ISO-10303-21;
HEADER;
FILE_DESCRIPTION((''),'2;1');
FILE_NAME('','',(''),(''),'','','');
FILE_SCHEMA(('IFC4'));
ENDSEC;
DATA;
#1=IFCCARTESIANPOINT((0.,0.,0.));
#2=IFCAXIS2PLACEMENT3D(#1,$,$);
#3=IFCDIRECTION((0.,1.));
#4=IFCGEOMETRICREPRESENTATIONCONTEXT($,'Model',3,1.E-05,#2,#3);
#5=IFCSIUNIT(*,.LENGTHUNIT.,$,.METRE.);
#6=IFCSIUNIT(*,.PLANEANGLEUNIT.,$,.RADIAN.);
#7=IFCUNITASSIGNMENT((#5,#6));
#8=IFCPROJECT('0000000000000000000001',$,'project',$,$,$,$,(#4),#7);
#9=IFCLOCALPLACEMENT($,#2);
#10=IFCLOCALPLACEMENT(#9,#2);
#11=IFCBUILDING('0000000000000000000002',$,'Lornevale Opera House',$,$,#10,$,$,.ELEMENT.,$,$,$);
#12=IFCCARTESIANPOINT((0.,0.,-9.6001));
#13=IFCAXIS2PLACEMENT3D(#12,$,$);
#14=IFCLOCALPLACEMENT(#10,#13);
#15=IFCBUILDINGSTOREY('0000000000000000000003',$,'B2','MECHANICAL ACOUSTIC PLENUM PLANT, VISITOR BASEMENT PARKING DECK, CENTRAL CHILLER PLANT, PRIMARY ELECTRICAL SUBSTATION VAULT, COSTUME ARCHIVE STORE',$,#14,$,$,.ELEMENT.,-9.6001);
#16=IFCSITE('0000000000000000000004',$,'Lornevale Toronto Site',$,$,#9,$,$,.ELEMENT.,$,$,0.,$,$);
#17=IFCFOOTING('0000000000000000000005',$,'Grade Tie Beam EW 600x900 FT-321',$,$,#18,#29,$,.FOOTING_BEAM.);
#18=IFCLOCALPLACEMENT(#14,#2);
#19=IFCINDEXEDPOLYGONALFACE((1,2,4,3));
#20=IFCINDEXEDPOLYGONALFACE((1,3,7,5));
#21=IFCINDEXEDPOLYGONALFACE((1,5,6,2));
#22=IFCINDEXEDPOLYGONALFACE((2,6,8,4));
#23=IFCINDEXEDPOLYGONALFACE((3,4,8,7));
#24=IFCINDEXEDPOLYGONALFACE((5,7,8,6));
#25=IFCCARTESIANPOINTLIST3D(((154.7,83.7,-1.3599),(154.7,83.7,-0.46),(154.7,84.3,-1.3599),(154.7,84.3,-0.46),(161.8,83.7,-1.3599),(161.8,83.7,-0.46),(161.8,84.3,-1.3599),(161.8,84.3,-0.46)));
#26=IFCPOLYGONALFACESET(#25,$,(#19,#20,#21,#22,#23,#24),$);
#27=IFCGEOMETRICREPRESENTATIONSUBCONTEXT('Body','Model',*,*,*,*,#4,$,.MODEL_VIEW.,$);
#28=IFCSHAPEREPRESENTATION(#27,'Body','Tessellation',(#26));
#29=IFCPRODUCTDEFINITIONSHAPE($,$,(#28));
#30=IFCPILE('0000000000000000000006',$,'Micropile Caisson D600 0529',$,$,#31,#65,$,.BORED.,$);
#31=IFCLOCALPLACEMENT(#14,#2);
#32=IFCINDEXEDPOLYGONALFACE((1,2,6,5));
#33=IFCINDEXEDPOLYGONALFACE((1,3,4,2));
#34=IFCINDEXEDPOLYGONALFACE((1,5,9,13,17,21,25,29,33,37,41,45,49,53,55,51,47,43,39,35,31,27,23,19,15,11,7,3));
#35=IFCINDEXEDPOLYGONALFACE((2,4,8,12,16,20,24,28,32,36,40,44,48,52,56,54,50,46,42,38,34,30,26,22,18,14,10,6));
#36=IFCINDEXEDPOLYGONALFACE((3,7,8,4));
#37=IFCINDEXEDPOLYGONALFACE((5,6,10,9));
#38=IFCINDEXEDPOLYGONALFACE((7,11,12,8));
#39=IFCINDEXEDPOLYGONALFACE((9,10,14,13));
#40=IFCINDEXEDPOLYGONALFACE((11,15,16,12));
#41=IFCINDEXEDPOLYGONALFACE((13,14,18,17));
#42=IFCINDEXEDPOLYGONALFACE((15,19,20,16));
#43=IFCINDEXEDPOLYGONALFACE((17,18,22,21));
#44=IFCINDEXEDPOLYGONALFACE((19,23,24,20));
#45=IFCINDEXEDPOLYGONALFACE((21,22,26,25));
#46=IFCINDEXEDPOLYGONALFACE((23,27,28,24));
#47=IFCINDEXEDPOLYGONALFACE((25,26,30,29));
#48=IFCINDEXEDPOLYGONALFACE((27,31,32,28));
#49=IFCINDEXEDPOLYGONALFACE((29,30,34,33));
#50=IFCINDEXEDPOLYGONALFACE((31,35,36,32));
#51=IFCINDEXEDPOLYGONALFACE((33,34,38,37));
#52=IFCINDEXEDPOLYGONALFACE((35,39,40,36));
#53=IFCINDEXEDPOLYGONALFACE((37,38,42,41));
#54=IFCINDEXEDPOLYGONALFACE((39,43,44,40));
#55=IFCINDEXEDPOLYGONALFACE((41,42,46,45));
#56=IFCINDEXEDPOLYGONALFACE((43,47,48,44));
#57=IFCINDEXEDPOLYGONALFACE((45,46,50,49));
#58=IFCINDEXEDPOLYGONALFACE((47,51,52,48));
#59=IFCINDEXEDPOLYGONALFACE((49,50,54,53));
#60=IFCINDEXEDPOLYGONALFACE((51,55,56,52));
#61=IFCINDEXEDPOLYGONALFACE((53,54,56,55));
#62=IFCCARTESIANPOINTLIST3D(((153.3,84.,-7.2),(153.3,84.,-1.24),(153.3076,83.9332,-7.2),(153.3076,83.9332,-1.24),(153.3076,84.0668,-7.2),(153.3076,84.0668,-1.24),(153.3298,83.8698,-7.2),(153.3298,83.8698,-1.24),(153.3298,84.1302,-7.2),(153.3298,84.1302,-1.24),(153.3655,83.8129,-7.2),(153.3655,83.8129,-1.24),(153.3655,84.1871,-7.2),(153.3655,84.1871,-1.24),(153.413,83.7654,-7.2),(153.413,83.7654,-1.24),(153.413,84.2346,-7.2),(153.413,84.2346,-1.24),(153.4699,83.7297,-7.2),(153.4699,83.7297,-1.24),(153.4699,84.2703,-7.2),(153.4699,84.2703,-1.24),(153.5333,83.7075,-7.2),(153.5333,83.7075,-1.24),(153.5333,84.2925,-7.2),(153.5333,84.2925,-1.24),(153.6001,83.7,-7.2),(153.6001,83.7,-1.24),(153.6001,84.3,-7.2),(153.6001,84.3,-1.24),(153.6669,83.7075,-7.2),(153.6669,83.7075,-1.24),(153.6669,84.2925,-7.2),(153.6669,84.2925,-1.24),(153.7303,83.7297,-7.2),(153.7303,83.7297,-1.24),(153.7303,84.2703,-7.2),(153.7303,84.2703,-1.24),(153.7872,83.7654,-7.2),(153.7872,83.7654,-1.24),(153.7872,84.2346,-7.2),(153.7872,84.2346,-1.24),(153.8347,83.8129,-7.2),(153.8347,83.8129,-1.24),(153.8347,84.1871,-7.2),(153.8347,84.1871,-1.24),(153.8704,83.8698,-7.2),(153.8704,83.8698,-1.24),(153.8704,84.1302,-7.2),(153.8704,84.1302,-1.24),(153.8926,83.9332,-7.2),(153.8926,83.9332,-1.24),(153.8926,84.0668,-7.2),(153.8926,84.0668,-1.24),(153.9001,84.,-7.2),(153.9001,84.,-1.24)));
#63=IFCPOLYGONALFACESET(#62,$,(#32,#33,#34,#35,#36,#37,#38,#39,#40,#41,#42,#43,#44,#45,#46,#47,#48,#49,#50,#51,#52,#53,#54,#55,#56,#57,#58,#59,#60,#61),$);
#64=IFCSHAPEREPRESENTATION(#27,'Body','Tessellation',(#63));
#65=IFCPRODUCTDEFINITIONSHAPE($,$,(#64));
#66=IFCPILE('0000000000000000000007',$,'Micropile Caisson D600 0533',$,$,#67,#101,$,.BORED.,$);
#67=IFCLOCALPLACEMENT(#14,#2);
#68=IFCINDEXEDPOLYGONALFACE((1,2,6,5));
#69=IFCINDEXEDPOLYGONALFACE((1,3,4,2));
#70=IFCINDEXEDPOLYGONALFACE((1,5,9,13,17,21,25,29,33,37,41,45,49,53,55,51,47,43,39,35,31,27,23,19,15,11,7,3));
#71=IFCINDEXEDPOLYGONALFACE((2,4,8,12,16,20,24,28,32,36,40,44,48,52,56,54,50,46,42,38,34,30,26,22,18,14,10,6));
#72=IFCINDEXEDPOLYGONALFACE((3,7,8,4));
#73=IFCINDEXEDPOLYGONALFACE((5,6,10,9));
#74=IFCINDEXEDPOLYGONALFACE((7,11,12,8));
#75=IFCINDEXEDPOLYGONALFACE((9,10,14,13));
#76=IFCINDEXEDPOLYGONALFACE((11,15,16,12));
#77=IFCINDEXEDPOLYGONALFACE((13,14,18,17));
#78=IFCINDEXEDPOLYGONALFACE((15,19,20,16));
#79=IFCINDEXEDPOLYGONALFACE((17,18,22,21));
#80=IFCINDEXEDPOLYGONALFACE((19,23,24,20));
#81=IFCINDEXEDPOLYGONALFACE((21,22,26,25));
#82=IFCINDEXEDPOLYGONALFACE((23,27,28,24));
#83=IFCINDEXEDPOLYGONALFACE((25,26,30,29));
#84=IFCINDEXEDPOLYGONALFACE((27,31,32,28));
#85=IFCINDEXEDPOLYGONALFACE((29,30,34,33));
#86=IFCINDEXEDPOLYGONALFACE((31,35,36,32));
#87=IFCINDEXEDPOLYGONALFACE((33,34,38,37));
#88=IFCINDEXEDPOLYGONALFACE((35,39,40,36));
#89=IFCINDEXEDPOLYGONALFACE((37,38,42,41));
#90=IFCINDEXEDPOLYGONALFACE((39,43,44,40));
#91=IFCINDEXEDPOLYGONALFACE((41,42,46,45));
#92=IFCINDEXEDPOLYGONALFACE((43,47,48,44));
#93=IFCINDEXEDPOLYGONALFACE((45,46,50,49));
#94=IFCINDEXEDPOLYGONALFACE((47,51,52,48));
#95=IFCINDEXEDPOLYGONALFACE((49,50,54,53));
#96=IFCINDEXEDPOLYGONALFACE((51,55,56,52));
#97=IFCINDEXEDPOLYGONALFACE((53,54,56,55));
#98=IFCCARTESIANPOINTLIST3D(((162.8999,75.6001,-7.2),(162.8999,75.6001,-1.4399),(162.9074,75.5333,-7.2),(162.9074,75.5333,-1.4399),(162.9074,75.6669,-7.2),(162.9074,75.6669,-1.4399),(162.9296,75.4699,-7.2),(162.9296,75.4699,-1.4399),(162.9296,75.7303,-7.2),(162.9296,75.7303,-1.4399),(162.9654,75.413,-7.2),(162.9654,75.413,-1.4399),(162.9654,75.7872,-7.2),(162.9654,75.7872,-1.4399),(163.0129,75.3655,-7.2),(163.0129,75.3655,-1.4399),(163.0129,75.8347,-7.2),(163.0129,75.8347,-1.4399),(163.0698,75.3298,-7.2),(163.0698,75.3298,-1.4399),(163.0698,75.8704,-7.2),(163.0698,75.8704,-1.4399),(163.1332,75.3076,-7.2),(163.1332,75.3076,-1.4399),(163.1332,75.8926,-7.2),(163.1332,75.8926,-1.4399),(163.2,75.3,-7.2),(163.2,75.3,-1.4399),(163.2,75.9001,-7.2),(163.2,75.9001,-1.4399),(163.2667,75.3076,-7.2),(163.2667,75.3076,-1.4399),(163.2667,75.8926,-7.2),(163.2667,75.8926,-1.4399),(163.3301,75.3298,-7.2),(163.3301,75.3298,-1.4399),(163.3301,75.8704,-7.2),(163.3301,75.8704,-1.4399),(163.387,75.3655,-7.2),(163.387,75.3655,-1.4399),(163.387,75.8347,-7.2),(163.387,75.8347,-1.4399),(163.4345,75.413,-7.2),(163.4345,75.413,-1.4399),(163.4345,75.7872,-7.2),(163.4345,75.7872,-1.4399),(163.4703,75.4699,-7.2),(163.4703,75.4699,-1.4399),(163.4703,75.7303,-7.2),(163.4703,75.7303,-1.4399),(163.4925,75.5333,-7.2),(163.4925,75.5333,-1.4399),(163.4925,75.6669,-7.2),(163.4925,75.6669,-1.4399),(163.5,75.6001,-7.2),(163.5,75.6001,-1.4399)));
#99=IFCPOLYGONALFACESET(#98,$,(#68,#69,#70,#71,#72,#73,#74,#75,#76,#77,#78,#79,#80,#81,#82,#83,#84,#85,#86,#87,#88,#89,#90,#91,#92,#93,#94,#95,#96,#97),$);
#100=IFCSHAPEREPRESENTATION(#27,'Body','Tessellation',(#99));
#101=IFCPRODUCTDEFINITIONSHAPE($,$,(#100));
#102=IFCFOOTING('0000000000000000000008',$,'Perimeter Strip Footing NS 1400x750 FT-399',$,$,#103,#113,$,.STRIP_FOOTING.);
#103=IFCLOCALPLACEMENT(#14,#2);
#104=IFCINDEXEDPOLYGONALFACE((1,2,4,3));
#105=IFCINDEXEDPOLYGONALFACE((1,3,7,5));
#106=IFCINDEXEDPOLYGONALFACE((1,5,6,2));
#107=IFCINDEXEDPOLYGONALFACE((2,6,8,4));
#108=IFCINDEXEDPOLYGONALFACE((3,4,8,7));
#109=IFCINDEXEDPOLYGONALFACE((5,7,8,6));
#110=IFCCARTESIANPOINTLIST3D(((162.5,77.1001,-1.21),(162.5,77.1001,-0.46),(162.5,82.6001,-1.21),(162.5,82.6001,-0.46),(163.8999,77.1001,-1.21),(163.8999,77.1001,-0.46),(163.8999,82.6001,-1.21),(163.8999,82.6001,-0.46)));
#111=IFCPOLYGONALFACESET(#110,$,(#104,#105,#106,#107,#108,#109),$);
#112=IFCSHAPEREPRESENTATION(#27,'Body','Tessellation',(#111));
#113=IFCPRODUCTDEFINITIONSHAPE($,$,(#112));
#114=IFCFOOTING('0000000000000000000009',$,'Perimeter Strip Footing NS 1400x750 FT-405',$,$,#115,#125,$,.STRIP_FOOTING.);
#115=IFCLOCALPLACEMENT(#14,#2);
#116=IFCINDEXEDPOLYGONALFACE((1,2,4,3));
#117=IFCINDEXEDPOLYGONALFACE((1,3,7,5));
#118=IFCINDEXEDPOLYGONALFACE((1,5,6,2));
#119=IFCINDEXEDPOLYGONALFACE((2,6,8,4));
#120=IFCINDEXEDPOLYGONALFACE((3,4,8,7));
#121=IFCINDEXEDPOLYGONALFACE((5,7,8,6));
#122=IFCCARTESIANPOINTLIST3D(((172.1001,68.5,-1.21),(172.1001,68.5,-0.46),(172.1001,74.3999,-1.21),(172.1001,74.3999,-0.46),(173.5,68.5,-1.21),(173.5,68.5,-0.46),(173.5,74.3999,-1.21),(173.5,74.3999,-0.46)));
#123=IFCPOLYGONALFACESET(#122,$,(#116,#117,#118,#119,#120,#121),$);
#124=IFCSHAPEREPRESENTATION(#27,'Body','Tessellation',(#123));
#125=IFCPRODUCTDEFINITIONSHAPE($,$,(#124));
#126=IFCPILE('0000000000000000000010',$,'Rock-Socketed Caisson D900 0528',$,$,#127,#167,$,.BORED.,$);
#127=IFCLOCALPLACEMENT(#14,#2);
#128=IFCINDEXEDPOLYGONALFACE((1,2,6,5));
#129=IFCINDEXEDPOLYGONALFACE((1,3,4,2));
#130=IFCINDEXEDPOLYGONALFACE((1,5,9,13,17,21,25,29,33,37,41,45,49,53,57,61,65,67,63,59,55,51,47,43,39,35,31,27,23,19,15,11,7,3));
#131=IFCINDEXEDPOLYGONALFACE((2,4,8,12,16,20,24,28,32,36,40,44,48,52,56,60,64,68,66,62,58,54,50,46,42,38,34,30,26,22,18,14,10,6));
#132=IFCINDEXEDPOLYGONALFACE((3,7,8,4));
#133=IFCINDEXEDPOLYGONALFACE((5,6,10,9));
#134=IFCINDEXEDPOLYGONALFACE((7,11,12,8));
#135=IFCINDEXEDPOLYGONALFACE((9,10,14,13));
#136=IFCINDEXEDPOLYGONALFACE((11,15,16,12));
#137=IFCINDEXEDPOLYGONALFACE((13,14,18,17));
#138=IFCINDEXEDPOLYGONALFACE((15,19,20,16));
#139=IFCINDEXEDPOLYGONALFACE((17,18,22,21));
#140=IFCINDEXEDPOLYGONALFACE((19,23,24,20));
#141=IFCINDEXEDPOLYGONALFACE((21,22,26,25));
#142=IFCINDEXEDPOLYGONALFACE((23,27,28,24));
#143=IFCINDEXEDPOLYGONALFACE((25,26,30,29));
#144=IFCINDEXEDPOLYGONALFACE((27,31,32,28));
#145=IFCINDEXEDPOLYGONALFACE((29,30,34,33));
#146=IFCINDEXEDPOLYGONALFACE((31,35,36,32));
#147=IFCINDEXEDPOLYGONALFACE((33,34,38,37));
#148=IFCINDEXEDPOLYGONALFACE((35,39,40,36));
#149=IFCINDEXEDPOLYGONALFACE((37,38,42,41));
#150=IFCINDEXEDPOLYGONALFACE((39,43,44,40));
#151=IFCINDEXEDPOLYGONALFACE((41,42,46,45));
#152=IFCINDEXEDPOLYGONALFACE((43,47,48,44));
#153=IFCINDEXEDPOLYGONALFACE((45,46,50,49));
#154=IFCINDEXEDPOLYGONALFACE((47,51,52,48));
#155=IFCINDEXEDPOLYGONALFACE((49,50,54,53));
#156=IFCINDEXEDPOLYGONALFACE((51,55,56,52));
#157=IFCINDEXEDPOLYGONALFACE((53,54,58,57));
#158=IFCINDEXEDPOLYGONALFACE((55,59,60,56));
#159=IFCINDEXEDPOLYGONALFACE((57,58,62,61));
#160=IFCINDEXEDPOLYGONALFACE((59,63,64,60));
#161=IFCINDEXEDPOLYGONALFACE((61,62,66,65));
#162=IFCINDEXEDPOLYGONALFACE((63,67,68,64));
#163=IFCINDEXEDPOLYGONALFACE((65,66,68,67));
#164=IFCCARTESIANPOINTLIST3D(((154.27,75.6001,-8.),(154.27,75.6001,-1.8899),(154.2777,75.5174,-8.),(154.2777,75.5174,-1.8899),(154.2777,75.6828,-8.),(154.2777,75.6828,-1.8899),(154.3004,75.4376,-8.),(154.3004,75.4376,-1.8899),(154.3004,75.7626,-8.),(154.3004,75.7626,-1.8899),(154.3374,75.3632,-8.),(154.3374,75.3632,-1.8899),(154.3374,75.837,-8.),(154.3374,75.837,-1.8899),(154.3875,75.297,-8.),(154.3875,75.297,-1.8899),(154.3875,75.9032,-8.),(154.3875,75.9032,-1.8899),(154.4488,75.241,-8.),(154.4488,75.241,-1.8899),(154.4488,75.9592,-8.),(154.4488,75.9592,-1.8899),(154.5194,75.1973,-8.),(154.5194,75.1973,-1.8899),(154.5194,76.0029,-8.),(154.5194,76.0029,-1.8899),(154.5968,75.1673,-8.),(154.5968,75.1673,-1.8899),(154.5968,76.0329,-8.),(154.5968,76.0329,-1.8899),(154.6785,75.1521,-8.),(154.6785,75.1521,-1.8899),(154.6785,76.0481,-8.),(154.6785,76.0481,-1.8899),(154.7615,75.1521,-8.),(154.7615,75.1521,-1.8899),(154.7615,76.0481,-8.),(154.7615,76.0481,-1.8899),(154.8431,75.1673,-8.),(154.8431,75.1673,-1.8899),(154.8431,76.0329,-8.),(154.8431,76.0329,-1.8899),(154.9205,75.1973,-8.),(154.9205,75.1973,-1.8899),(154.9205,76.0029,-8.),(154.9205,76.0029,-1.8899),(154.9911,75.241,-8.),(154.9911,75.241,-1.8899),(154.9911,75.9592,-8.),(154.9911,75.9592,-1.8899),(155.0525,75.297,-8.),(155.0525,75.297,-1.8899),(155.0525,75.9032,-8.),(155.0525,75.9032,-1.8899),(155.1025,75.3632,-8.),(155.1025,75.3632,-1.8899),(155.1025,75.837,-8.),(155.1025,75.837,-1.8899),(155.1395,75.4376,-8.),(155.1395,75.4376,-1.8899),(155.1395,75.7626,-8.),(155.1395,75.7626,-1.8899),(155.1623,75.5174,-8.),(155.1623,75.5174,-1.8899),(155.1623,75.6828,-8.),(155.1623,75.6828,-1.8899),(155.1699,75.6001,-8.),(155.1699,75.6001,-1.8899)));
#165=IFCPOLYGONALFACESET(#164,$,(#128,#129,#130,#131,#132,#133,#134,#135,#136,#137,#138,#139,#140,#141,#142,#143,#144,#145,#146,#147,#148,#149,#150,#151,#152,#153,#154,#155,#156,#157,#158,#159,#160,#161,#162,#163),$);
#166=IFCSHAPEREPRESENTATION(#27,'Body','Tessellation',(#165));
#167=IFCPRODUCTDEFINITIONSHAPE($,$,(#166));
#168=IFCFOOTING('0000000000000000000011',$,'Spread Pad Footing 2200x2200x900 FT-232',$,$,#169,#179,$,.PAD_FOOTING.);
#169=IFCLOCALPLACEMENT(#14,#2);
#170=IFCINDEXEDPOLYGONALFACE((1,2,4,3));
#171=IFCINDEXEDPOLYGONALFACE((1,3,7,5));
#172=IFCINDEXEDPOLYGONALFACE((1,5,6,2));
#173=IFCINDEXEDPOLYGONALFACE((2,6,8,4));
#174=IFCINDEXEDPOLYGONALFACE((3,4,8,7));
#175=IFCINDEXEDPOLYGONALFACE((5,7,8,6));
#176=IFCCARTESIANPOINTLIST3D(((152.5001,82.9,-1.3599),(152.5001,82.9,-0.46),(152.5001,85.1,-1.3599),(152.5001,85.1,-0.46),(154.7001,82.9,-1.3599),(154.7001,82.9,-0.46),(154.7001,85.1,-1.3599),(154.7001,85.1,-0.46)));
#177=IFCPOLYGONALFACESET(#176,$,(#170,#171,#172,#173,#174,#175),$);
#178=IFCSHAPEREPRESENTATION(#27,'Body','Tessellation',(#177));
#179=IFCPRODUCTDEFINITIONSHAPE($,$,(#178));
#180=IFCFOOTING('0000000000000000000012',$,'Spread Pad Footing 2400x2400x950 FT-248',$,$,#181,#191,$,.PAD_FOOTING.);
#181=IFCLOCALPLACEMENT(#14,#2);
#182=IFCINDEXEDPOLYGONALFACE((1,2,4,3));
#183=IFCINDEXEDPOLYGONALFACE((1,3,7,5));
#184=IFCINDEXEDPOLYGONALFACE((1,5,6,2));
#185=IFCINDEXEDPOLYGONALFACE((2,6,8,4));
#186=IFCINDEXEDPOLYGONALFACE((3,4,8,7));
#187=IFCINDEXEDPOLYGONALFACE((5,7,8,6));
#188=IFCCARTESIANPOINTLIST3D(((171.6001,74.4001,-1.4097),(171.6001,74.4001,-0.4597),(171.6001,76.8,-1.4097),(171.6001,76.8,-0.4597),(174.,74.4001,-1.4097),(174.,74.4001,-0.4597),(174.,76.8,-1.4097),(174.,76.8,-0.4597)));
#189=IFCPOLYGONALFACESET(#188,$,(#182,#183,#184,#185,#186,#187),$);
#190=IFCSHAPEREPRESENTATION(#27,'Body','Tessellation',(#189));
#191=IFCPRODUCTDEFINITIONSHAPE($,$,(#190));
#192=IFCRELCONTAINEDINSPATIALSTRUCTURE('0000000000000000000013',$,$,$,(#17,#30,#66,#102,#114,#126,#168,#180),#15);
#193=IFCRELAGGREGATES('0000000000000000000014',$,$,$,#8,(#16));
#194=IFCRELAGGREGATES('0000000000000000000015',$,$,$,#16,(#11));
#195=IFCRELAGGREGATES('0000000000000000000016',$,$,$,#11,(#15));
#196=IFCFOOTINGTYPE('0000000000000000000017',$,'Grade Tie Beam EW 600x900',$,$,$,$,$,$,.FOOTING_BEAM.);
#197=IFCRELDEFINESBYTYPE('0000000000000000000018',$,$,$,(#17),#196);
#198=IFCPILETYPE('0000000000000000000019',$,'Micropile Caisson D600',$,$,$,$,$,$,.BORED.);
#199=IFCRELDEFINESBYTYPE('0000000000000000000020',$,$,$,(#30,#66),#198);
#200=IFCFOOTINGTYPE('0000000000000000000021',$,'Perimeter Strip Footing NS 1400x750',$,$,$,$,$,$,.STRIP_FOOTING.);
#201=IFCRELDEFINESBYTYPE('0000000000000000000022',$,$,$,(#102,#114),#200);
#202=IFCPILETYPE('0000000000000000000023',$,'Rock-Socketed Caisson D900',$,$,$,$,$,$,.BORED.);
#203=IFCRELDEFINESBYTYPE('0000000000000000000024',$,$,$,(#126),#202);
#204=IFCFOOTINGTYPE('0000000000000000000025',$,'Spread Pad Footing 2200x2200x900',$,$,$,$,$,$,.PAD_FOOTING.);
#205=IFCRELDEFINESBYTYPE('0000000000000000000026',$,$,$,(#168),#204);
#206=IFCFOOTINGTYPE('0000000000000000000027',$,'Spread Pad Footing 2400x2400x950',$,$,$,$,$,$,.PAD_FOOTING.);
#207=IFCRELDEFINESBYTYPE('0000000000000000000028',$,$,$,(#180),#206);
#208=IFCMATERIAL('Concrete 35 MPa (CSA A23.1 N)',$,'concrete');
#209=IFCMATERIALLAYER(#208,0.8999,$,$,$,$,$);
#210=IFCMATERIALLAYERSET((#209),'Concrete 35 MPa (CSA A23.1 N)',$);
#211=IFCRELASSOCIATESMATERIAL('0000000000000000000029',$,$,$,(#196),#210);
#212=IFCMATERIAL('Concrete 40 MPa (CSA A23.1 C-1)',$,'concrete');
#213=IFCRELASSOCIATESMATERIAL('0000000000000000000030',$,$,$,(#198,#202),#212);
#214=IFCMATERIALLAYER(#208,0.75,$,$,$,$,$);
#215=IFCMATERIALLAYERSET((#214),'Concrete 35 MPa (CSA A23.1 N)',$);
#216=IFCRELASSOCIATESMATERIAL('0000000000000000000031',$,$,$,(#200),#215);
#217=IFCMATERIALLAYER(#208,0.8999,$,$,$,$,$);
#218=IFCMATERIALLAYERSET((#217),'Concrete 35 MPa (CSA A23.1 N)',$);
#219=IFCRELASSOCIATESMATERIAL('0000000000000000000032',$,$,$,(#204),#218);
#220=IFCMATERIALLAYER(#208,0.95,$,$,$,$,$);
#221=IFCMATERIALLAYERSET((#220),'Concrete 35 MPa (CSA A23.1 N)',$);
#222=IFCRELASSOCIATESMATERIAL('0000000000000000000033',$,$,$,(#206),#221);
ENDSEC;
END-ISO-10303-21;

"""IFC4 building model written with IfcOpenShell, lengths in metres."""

from ifc_helpers import new_model, si_unit, direction, frame, origin, origin_2d, place, context, subcontext, project, spatial, rectangle, circle, extrude, material, layer, layer_set, material_profile, profile_set, type_object, element, save


model = new_model("IFC4")

# Units and contexts
model_context = context("Model", 3, precision=1e-05, world=origin(), true_north=direction((0.0, 1.0)))
body_context = subcontext(model_context, "Body", "Model", "MODEL_VIEW")
ifc_project = project(units=[si_unit("LENGTHUNIT", "METRE"), si_unit("PLANEANGLEUNIT", "RADIAN")], contexts=[model_context])

# Site, building, storey
site_placement = place(None, origin())
site = spatial("IfcSite", under=ifc_project, at=site_placement, Name="Lornevale Toronto Site", CompositionType="ELEMENT", RefElevation=0.0)
building_placement = place(site_placement, origin())
building = spatial("IfcBuilding", under=site, at=building_placement, Name="Lornevale Opera House", CompositionType="ELEMENT")
storey_placement = place(building_placement, frame((0.0, 0.0, -9.6001)))
storey = spatial("IfcBuildingStorey", under=building, at=storey_placement, Name="B2", Description="MECHANICAL ACOUSTIC PLENUM PLANT, VISITOR BASEMENT PARKING DECK, CENTRAL CHILLER PLANT, PRIMARY ELECTRICAL SUBSTATION VAULT, COSTUME ARCHIVE STORE", CompositionType="ELEMENT", Elevation=-9.6001)

# Footing
ifc_material_1 = material(Name="Concrete 35 MPa (CSA A23.1 N)", Category="concrete")
ifc_layer_1 = layer(ifc_material_1, 0.8999)
ifc_layer_set_1 = layer_set([ifc_layer_1], Name="Concrete 35 MPa (CSA A23.1 N)")
footing_type_1 = type_object("IfcFootingType", Name="Grade Tie Beam EW 600x900", PredefinedType="FOOTING_BEAM", material=ifc_layer_set_1)
footing_1_placement = place(storey_placement, frame((158.25, 84.0, -1.3599), z_axis=(0.0, 0.0, 1.0), x_axis=(1.0, 0.0, 0.0)))
element("IfcFooting", 1, at=footing_1_placement, inside=storey, type_object=footing_type_1, Name="Grade Tie Beam EW 600x900 FT-321", PredefinedType="FOOTING_BEAM", context=body_context, shape_type="SweptSolid", body=[
    extrude(rectangle(XDim=7.1001, YDim=0.6001, at=origin_2d()), origin(), (0.0, 0.0, 1.0), 0.8999),
])

# Piles
ifc_material_2 = material(Name="Concrete 40 MPa (CSA A23.1 C-1)", Category="concrete")
ifc_material_profile_1 = material_profile(ifc_material_2, circle(Radius=0.3, at=origin_2d()), Name="CAIS600")
ifc_profile_set_1 = profile_set([ifc_material_profile_1], Name="Concrete 40 MPa (CSA A23.1 C-1)")
pile_type_1 = type_object("IfcPileType", Name="Micropile Caisson D600", PredefinedType="BORED", material=ifc_profile_set_1)
pile_1_placement = place(storey_placement, frame((153.6001, 84.0, -1.24), z_axis=(0.0, 0.0, -1.0), x_axis=(1.0, 0.0, 0.0)))
element("IfcPile", 2, at=pile_1_placement, inside=storey, type_object=pile_type_1, Name="Micropile Caisson D600 0529", PredefinedType="BORED", context=body_context, shape_type="SweptSolid", body=[
    extrude(circle(Radius=0.3, at=origin_2d()), origin(), (0.0, 0.0, 1.0), 5.96),
])
pile_2_placement = place(storey_placement, frame((163.2, 75.6001, -1.4399), z_axis=(0.0, 0.0, -1.0), x_axis=(1.0, 0.0, 0.0)))
element("IfcPile", 3, at=pile_2_placement, inside=storey, type_object=pile_type_1, Name="Micropile Caisson D600 0533", PredefinedType="BORED", context=body_context, shape_type="SweptSolid", body=[
    extrude(circle(Radius=0.3, at=origin_2d()), origin(), (0.0, 0.0, 1.0), 5.76),
])

# Footings
ifc_layer_2 = layer(ifc_material_1, 0.75)
ifc_layer_set_2 = layer_set([ifc_layer_2], Name="Concrete 35 MPa (CSA A23.1 N)")
footing_type_2 = type_object("IfcFootingType", Name="Perimeter Strip Footing NS 1400x750", PredefinedType="STRIP_FOOTING", material=ifc_layer_set_2)
footing_2_placement = place(storey_placement, frame((163.2, 79.8501, -1.21), z_axis=(0.0, 0.0, 1.0), x_axis=(1.0, 0.0, 0.0)))
element("IfcFooting", 4, at=footing_2_placement, inside=storey, type_object=footing_type_2, Name="Perimeter Strip Footing NS 1400x750 FT-399", PredefinedType="STRIP_FOOTING", context=body_context, shape_type="SweptSolid", body=[
    extrude(rectangle(XDim=1.3999, YDim=5.5, at=origin_2d()), origin(), (0.0, 0.0, 1.0), 0.75),
])
footing_3_placement = place(storey_placement, frame((172.8, 71.45, -1.21), z_axis=(0.0, 0.0, 1.0), x_axis=(1.0, 0.0, 0.0)))
element("IfcFooting", 5, at=footing_3_placement, inside=storey, type_object=footing_type_2, Name="Perimeter Strip Footing NS 1400x750 FT-405", PredefinedType="STRIP_FOOTING", context=body_context, shape_type="SweptSolid", body=[
    extrude(rectangle(XDim=1.3999, YDim=5.8999, at=origin_2d()), origin(), (0.0, 0.0, 1.0), 0.75),
])

# Pile
ifc_material_profile_2 = material_profile(ifc_material_2, circle(Radius=0.45, at=origin_2d()), Name="CAIS900")
ifc_profile_set_2 = profile_set([ifc_material_profile_2], Name="Concrete 40 MPa (CSA A23.1 C-1)")
pile_type_2 = type_object("IfcPileType", Name="Rock-Socketed Caisson D900", PredefinedType="BORED", material=ifc_profile_set_2)
pile_3_placement = place(storey_placement, frame((154.72, 75.6001, -1.8899), z_axis=(0.0, 0.0, -1.0), x_axis=(1.0, 0.0, 0.0)))
element("IfcPile", 6, at=pile_3_placement, inside=storey, type_object=pile_type_2, Name="Rock-Socketed Caisson D900 0528", PredefinedType="BORED", context=body_context, shape_type="SweptSolid", body=[
    extrude(circle(Radius=0.45, at=origin_2d()), origin(), (0.0, 0.0, 1.0), 6.1101),
])

# Footings
ifc_layer_3 = layer(ifc_material_1, 0.8999)
ifc_layer_set_3 = layer_set([ifc_layer_3], Name="Concrete 35 MPa (CSA A23.1 N)")
footing_type_3 = type_object("IfcFootingType", Name="Spread Pad Footing 2200x2200x900", PredefinedType="PAD_FOOTING", material=ifc_layer_set_3)
footing_4_placement = place(storey_placement, frame((153.6001, 84.0, -1.3599), z_axis=(0.0, 0.0, 1.0), x_axis=(1.0, 0.0, 0.0)))
element("IfcFooting", 7, at=footing_4_placement, inside=storey, type_object=footing_type_3, Name="Spread Pad Footing 2200x2200x900 FT-232", PredefinedType="PAD_FOOTING", context=body_context, shape_type="SweptSolid", body=[
    extrude(rectangle(XDim=2.2, YDim=2.2, at=origin_2d()), origin(), (0.0, 0.0, 1.0), 0.8999),
])
ifc_layer_4 = layer(ifc_material_1, 0.95)
ifc_layer_set_4 = layer_set([ifc_layer_4], Name="Concrete 35 MPa (CSA A23.1 N)")
footing_type_4 = type_object("IfcFootingType", Name="Spread Pad Footing 2400x2400x950", PredefinedType="PAD_FOOTING", material=ifc_layer_set_4)
footing_5_placement = place(storey_placement, frame((172.8, 75.6001, -1.4097), z_axis=(0.0, 0.0, 1.0), x_axis=(1.0, 0.0, 0.0)))
element("IfcFooting", 8, at=footing_5_placement, inside=storey, type_object=footing_type_4, Name="Spread Pad Footing 2400x2400x950 FT-248", PredefinedType="PAD_FOOTING", context=body_context, shape_type="SweptSolid", body=[
    extrude(rectangle(XDim=2.3999, YDim=2.3999, at=origin_2d()), origin(), (0.0, 0.0, 1.0), 0.95),
])

save(model, "model.ifc")
